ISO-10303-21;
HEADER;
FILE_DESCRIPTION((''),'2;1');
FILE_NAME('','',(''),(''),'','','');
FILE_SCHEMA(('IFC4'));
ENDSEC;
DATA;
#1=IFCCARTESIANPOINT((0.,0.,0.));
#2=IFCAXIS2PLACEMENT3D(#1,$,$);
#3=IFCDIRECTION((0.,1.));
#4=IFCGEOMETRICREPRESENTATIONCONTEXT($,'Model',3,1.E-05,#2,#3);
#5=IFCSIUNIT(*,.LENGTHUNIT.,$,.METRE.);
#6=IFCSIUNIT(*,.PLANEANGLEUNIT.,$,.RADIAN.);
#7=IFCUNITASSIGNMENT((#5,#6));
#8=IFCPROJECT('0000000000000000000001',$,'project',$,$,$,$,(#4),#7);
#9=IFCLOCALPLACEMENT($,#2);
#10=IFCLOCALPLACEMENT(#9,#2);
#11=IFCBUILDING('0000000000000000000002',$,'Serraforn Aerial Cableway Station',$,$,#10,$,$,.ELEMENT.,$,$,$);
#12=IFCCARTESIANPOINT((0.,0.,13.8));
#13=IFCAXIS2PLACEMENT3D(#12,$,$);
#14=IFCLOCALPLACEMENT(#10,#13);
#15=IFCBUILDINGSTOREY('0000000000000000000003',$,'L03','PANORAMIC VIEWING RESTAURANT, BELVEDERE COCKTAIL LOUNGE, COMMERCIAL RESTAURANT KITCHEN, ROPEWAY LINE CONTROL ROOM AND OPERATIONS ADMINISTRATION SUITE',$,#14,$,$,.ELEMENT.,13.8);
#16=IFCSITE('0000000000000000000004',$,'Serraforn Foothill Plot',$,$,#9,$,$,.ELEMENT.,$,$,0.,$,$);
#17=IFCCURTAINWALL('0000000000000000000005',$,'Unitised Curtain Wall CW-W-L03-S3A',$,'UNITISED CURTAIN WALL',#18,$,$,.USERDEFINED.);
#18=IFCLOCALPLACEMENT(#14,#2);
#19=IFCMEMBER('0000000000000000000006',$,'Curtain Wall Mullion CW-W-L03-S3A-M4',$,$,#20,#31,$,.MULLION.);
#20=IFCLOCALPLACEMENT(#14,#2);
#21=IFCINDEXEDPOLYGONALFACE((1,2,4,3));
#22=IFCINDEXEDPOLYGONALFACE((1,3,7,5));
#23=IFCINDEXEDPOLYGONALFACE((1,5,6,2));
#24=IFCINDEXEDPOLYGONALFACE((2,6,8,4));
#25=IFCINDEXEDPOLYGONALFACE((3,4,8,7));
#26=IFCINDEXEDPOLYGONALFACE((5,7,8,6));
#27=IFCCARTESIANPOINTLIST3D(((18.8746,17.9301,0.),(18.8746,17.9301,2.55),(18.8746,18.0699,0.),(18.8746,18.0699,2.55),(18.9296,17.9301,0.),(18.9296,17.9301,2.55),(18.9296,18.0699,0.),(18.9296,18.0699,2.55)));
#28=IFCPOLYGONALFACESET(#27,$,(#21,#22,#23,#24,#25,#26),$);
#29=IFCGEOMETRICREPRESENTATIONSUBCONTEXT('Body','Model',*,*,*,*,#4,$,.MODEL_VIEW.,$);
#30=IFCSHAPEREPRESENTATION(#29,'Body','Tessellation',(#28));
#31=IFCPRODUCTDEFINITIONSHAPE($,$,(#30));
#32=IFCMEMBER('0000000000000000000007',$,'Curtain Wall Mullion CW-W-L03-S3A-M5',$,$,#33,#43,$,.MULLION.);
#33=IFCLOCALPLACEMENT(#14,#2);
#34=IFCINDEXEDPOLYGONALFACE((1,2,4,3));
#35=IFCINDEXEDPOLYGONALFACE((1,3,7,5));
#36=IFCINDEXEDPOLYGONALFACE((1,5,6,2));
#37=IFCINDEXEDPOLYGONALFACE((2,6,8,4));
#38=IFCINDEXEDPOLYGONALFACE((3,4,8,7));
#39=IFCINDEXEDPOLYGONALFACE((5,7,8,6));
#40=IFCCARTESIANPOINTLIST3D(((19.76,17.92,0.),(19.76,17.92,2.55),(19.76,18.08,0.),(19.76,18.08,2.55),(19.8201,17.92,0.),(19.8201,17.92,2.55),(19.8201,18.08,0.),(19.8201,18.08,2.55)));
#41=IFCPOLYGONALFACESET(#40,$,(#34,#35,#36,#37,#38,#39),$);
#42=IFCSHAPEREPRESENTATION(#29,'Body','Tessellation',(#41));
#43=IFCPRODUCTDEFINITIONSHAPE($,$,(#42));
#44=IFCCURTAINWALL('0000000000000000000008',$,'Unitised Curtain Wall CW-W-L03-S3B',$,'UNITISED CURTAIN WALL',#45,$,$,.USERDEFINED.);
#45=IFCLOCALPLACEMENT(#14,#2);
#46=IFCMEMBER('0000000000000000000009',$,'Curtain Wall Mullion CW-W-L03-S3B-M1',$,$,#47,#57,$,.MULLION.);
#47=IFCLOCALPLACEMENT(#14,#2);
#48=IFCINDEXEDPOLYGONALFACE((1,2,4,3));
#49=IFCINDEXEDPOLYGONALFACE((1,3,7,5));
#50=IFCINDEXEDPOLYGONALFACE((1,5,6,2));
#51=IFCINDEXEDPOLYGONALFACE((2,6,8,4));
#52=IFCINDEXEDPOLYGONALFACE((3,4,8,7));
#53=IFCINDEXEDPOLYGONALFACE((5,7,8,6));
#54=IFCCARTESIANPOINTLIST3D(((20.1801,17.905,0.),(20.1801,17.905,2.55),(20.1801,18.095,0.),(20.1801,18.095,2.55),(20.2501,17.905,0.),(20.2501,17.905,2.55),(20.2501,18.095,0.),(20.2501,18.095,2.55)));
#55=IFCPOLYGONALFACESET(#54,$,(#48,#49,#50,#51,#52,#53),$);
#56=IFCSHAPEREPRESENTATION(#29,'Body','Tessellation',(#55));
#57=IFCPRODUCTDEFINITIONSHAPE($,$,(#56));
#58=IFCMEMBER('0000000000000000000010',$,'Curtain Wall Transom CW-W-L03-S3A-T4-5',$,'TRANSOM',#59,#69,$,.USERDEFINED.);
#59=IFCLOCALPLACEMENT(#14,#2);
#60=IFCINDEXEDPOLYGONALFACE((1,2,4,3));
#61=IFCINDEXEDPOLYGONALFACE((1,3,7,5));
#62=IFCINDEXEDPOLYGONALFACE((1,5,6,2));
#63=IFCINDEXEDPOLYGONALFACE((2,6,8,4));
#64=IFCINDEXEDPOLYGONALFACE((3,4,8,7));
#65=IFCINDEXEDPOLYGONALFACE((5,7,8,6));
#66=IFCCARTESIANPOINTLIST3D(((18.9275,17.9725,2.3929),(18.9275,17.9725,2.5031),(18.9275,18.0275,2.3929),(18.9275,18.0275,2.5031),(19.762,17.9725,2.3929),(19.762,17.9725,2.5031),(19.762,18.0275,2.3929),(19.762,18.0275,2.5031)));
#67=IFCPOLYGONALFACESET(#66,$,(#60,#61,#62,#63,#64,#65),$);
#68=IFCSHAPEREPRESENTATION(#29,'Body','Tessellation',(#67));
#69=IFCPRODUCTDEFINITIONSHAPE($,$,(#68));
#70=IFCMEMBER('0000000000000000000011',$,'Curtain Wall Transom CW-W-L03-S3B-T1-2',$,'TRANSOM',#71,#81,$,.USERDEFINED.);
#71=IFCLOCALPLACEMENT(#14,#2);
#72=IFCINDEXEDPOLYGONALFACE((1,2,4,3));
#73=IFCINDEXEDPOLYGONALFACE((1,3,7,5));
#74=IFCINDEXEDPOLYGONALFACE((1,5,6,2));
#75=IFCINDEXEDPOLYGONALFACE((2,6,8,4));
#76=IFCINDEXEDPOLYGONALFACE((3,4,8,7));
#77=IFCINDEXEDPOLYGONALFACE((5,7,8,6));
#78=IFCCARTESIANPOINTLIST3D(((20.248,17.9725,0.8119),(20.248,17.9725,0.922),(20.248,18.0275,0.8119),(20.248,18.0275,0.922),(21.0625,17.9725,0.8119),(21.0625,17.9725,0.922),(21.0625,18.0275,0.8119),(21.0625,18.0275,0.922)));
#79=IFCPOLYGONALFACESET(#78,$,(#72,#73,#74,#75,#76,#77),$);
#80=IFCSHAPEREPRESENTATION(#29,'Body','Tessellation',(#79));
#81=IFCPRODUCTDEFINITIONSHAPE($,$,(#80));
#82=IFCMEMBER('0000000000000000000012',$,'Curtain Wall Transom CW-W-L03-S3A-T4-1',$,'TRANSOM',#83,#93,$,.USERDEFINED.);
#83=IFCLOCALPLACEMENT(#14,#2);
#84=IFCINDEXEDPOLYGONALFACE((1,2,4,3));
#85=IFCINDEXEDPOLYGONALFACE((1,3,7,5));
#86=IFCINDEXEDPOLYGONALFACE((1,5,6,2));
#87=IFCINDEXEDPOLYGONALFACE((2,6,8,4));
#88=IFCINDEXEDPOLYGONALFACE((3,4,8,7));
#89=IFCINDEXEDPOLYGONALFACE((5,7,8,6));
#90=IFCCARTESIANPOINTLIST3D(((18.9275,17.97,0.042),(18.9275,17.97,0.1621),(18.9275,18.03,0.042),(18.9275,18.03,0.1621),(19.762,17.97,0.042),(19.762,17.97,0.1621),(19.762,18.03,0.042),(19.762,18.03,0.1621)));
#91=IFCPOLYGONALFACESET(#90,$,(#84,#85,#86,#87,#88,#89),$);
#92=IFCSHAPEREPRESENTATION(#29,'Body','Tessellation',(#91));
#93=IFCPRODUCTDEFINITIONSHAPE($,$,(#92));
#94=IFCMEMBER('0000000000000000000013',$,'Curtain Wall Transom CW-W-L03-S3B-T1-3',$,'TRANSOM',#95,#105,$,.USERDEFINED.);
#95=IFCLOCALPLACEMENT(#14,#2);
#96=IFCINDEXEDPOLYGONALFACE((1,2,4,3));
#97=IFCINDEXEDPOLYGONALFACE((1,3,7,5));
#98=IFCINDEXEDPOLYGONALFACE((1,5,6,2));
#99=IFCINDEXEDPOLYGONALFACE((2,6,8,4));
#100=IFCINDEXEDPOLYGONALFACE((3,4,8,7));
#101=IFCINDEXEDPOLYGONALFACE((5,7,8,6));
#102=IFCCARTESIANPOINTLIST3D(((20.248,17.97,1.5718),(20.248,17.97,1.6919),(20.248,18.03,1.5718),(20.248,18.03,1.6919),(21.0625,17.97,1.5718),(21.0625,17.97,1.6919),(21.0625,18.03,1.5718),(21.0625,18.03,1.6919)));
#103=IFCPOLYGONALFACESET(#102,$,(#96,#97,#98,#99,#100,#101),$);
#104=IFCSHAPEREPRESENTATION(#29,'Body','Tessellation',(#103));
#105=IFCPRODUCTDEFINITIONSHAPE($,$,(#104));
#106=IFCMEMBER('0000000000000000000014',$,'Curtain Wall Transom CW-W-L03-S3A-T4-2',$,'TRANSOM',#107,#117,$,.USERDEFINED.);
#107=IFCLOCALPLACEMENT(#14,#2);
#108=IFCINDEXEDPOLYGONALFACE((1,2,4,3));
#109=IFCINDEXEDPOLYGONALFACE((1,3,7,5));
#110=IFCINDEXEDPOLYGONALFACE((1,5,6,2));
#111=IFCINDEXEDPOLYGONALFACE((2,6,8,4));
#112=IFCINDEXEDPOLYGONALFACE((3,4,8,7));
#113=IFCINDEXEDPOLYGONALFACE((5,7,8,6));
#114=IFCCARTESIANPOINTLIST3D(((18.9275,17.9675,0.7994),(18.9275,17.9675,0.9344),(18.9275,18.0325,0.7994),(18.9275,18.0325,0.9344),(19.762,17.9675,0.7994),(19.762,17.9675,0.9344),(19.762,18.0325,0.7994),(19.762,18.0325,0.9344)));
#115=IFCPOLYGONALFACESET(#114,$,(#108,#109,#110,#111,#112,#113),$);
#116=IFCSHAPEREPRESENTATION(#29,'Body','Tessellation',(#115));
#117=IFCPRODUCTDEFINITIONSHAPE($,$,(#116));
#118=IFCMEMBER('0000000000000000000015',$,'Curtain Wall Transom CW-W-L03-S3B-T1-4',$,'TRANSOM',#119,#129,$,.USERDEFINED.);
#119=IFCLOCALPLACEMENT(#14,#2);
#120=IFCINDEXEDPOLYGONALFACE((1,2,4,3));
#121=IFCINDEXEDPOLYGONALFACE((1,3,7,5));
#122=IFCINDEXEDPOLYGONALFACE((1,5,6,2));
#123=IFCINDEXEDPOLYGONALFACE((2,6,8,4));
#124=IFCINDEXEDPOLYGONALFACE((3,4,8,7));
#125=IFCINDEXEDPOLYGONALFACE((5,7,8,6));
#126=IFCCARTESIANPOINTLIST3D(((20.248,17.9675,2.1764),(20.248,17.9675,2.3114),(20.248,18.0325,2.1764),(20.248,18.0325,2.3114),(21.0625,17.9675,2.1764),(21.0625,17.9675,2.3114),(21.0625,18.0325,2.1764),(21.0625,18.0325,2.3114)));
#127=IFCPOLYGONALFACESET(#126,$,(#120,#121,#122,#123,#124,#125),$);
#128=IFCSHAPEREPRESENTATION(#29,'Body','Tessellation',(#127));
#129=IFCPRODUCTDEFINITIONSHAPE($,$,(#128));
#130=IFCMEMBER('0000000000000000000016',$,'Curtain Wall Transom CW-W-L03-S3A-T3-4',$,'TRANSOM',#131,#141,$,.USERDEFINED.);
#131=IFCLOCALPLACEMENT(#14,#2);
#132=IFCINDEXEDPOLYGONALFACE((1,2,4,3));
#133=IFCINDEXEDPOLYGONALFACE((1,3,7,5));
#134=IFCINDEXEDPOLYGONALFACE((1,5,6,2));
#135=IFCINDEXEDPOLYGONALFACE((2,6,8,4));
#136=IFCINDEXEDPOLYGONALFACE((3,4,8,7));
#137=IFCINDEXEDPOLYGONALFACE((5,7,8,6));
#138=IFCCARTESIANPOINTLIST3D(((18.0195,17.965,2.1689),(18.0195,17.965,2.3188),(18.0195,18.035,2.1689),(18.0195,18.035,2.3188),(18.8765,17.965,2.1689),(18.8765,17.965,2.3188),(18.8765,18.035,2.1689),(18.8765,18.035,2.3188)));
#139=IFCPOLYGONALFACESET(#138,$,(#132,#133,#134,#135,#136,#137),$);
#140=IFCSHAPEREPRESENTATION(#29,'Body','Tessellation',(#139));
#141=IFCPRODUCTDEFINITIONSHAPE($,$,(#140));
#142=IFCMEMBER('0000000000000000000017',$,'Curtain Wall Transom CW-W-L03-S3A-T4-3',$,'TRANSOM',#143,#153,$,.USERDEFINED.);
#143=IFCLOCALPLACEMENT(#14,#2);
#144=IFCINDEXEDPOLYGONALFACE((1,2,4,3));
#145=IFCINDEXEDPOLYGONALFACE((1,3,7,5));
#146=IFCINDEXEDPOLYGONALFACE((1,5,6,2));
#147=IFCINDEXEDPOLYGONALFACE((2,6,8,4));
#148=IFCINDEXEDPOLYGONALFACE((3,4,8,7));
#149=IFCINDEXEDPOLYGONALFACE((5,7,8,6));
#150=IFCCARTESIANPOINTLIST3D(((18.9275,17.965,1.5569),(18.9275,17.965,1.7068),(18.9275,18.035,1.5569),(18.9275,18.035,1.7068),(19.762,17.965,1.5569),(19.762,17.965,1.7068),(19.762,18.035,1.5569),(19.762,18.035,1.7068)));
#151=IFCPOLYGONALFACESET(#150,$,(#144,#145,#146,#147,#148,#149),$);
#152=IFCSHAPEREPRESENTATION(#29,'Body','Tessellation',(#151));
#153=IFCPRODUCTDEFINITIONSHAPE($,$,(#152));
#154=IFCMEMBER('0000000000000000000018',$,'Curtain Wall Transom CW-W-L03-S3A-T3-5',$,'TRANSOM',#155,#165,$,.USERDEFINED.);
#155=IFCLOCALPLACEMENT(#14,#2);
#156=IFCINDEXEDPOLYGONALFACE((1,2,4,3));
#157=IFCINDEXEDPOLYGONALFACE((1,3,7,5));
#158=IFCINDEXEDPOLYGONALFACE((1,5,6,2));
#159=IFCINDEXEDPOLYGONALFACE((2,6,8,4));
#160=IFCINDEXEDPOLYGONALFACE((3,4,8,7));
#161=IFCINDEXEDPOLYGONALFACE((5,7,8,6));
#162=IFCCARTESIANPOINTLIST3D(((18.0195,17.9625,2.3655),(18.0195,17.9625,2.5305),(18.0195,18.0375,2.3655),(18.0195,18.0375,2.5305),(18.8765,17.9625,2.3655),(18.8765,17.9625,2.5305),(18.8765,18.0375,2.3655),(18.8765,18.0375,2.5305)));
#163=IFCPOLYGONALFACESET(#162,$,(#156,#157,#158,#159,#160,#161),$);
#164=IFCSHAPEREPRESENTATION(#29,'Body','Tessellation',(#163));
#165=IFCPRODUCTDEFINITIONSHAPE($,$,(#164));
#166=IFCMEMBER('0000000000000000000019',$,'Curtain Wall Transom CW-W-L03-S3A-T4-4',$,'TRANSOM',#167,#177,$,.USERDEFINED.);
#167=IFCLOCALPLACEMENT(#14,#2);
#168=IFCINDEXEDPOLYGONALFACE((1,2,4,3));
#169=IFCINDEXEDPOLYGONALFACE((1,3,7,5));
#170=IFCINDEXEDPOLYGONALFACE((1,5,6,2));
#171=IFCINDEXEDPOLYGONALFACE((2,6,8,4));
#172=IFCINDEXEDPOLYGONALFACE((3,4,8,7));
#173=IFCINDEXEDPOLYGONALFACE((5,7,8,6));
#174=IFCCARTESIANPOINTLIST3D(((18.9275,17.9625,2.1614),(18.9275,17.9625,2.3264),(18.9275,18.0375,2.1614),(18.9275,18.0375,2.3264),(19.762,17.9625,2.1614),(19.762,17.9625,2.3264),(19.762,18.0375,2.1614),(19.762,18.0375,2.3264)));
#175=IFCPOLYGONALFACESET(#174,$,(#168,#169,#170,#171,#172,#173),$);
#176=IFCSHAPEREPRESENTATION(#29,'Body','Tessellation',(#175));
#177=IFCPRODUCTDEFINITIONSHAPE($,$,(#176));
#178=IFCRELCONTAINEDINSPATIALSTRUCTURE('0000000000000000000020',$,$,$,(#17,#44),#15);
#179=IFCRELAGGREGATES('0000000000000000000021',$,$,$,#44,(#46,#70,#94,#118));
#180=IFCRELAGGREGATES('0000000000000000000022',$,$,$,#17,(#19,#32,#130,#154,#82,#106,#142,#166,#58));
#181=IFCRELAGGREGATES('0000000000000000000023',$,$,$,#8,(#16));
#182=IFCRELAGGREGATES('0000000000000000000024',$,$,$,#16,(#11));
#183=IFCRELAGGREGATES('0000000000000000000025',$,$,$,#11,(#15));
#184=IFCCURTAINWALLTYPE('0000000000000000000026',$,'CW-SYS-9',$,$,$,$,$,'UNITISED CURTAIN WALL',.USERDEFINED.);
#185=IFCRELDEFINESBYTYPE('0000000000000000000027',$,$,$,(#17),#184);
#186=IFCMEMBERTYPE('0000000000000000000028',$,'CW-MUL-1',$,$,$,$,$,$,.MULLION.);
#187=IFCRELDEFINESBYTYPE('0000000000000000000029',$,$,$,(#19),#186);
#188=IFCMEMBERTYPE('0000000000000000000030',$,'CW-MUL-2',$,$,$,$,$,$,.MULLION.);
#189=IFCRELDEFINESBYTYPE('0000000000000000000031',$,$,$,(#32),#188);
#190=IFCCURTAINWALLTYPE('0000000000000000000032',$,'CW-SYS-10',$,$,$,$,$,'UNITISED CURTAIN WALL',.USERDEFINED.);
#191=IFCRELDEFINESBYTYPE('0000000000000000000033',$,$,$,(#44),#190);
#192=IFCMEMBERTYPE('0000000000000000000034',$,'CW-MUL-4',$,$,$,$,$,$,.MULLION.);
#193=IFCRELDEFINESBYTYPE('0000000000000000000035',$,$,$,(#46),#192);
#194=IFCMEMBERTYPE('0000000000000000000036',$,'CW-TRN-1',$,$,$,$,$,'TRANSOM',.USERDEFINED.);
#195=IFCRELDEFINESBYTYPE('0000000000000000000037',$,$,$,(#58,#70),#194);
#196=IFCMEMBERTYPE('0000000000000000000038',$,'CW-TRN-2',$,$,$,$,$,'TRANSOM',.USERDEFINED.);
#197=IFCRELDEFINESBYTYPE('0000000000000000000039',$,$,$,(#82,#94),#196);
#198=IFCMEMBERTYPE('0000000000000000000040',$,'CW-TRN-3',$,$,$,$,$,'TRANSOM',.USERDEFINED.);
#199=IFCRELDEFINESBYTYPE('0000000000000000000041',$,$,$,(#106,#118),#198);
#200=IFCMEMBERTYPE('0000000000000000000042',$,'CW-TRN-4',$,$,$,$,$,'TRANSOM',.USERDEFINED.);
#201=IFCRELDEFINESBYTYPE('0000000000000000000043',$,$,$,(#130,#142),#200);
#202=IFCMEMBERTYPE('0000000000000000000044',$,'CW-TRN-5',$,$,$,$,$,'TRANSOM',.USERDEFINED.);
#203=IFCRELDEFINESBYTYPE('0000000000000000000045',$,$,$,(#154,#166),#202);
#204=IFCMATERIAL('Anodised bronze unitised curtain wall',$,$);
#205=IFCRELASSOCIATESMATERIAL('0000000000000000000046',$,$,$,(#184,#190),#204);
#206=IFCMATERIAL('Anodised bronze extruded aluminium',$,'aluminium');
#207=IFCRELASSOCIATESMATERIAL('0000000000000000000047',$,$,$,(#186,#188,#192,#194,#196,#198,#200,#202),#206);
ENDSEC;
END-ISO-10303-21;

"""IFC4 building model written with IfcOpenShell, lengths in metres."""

from ifc_helpers import new_model, si_unit, direction, frame, origin, origin_2d, place, context, subcontext, project, spatial, rectangle, extrude, material, material_profile, profile_set, type_object, element, aggregate, save


model = new_model("IFC4")

# Units and contexts
model_context = context("Model", 3, precision=1e-05, world=origin(), true_north=direction((0.0, 1.0)))
body_context = subcontext(model_context, "Body", "Model", "MODEL_VIEW")
ifc_project = project(units=[si_unit("LENGTHUNIT", "METRE"), si_unit("PLANEANGLEUNIT", "RADIAN")], contexts=[model_context])

# Site, building, storey
site_placement = place(None, origin())
site = spatial("IfcSite", under=ifc_project, at=site_placement, Name="Serraforn Foothill Plot", CompositionType="ELEMENT", RefElevation=0.0)
building_placement = place(site_placement, origin())
building = spatial("IfcBuilding", under=site, at=building_placement, Name="Serraforn Aerial Cableway Station", CompositionType="ELEMENT")
storey_placement = place(building_placement, frame((0.0, 0.0, 13.8)))
storey = spatial("IfcBuildingStorey", under=building, at=storey_placement, Name="L03", Description="PANORAMIC VIEWING RESTAURANT, BELVEDERE COCKTAIL LOUNGE, COMMERCIAL RESTAURANT KITCHEN, ROPEWAY LINE CONTROL ROOM AND OPERATIONS ADMINISTRATION SUITE", CompositionType="ELEMENT", Elevation=13.8)

# Curtain wall, members
ifc_material_1 = material(Name="Anodised bronze unitised curtain wall")
curtain_wall_type_1 = type_object("IfcCurtainWallType", Name="CW-SYS-9", ElementType="UNITISED CURTAIN WALL", PredefinedType="USERDEFINED", material=ifc_material_1)
curtain_wall_1_placement = place(storey_placement, origin())
curtain_wall_1 = element("IfcCurtainWall", 1, at=curtain_wall_1_placement, inside=storey, type_object=curtain_wall_type_1, Name="Unitised Curtain Wall CW-W-L03-S3A", ObjectType="UNITISED CURTAIN WALL", PredefinedType="USERDEFINED")
ifc_material_2 = material(Name="Anodised bronze extruded aluminium", Category="aluminium")
ifc_material_profile_1 = material_profile(ifc_material_2, rectangle(XDim=0.0549, YDim=0.1399, at=origin_2d()), Name="CW MULLION 55x140")
ifc_profile_set_1 = profile_set([ifc_material_profile_1], Name="Anodised bronze extruded aluminium")
member_type_1 = type_object("IfcMemberType", Name="CW-MUL-1", PredefinedType="MULLION", material=ifc_profile_set_1)
member_1_placement = place(storey_placement, frame((18.9021, 18.0, 0.0), z_axis=(0.0, 0.0, 1.0), x_axis=(1.0, 0.0, 0.0)))
member_1 = element("IfcMember", 2, at=member_1_placement, type_object=member_type_1, Name="Curtain Wall Mullion CW-W-L03-S3A-M4", PredefinedType="MULLION", context=body_context, shape_type="SweptSolid", body=[
    extrude(rectangle(XDim=0.0549, YDim=0.1399, at=origin_2d()), origin(), (0.0, 0.0, 1.0), 2.55),
])
ifc_material_profile_2 = material_profile(ifc_material_2, rectangle(XDim=0.0601, YDim=0.1599, at=origin_2d()), Name="CW MULLION 60x160")
ifc_profile_set_2 = profile_set([ifc_material_profile_2], Name="Anodised bronze extruded aluminium")
member_type_2 = type_object("IfcMemberType", Name="CW-MUL-2", PredefinedType="MULLION", material=ifc_profile_set_2)
member_2_placement = place(storey_placement, frame((19.79, 18.0, 0.0), z_axis=(0.0, 0.0, 1.0), x_axis=(1.0, 0.0, 0.0)))
member_2 = element("IfcMember", 3, at=member_2_placement, type_object=member_type_2, Name="Curtain Wall Mullion CW-W-L03-S3A-M5", PredefinedType="MULLION", context=body_context, shape_type="SweptSolid", body=[
    extrude(rectangle(XDim=0.0601, YDim=0.1599, at=origin_2d()), origin(), (0.0, 0.0, 1.0), 2.55),
])

# Curtain wall, member
curtain_wall_type_2 = type_object("IfcCurtainWallType", Name="CW-SYS-10", ElementType="UNITISED CURTAIN WALL", PredefinedType="USERDEFINED", material=ifc_material_1)
curtain_wall_2_placement = place(storey_placement, origin())
curtain_wall_2 = element("IfcCurtainWall", 4, at=curtain_wall_2_placement, inside=storey, type_object=curtain_wall_type_2, Name="Unitised Curtain Wall CW-W-L03-S3B", ObjectType="UNITISED CURTAIN WALL", PredefinedType="USERDEFINED")
ifc_material_profile_3 = material_profile(ifc_material_2, rectangle(XDim=0.0701, YDim=0.1899, at=origin_2d()), Name="CW MULLION 70x190")
ifc_profile_set_3 = profile_set([ifc_material_profile_3], Name="Anodised bronze extruded aluminium")
member_type_3 = type_object("IfcMemberType", Name="CW-MUL-4", PredefinedType="MULLION", material=ifc_profile_set_3)
member_3_placement = place(storey_placement, frame((20.2151, 18.0, 0.0), z_axis=(0.0, 0.0, 1.0), x_axis=(1.0, 0.0, 0.0)))
member_3 = element("IfcMember", 5, at=member_3_placement, type_object=member_type_3, Name="Curtain Wall Mullion CW-W-L03-S3B-M1", PredefinedType="MULLION", context=body_context, shape_type="SweptSolid", body=[
    extrude(rectangle(XDim=0.0701, YDim=0.1899, at=origin_2d()), origin(), (0.0, 0.0, 1.0), 2.55),
])

# Members
ifc_material_profile_4 = material_profile(ifc_material_2, rectangle(XDim=0.0549, YDim=0.1101, at=origin_2d()), Name="CW TRANSOM 55x110")
ifc_profile_set_4 = profile_set([ifc_material_profile_4], Name="Anodised bronze extruded aluminium")
member_type_4 = type_object("IfcMemberType", Name="CW-TRN-1", ElementType="TRANSOM", PredefinedType="USERDEFINED", material=ifc_profile_set_4)
member_4_placement = place(storey_placement, frame((18.9275, 18.0, 2.448), z_axis=(1.0, 0.0, 0.0), x_axis=(0.0, 1.0, 0.0)))
member_4 = element("IfcMember", 6, at=member_4_placement, type_object=member_type_4, Name="Curtain Wall Transom CW-W-L03-S3A-T4-5", ObjectType="TRANSOM", PredefinedType="USERDEFINED", context=body_context, shape_type="SweptSolid", body=[
    extrude(rectangle(XDim=0.0549, YDim=0.1101, at=origin_2d()), origin(), (0.0, 0.0, 1.0), 0.8345),
])
member_5_placement = place(storey_placement, frame((20.248, 18.0, 0.8669), z_axis=(1.0, 0.0, 0.0), x_axis=(0.0, 1.0, 0.0)))
member_5 = element("IfcMember", 7, at=member_5_placement, type_object=member_type_4, Name="Curtain Wall Transom CW-W-L03-S3B-T1-2", ObjectType="TRANSOM", PredefinedType="USERDEFINED", context=body_context, shape_type="SweptSolid", body=[
    extrude(rectangle(XDim=0.0549, YDim=0.1101, at=origin_2d()), origin(), (0.0, 0.0, 1.0), 0.8145),
])
ifc_material_profile_5 = material_profile(ifc_material_2, rectangle(XDim=0.0601, YDim=0.1201, at=origin_2d()), Name="CW TRANSOM 60x120")
ifc_profile_set_5 = profile_set([ifc_material_profile_5], Name="Anodised bronze extruded aluminium")
member_type_5 = type_object("IfcMemberType", Name="CW-TRN-2", ElementType="TRANSOM", PredefinedType="USERDEFINED", material=ifc_profile_set_5)
member_6_placement = place(storey_placement, frame((18.9275, 18.0, 0.1021), z_axis=(1.0, 0.0, 0.0), x_axis=(0.0, 1.0, 0.0)))
member_6 = element("IfcMember", 8, at=member_6_placement, type_object=member_type_5, Name="Curtain Wall Transom CW-W-L03-S3A-T4-1", ObjectType="TRANSOM", PredefinedType="USERDEFINED", context=body_context, shape_type="SweptSolid", body=[
    extrude(rectangle(XDim=0.0601, YDim=0.1201, at=origin_2d()), origin(), (0.0, 0.0, 1.0), 0.8345),
])
member_7_placement = place(storey_placement, frame((20.248, 18.0, 1.6318), z_axis=(1.0, 0.0, 0.0), x_axis=(0.0, 1.0, 0.0)))
member_7 = element("IfcMember", 9, at=member_7_placement, type_object=member_type_5, Name="Curtain Wall Transom CW-W-L03-S3B-T1-3", ObjectType="TRANSOM", PredefinedType="USERDEFINED", context=body_context, shape_type="SweptSolid", body=[
    extrude(rectangle(XDim=0.0601, YDim=0.1201, at=origin_2d()), origin(), (0.0, 0.0, 1.0), 0.8145),
])
ifc_material_profile_6 = material_profile(ifc_material_2, rectangle(XDim=0.0649, YDim=0.135, at=origin_2d()), Name="CW TRANSOM 65x135")
ifc_profile_set_6 = profile_set([ifc_material_profile_6], Name="Anodised bronze extruded aluminium")
member_type_6 = type_object("IfcMemberType", Name="CW-TRN-3", ElementType="TRANSOM", PredefinedType="USERDEFINED", material=ifc_profile_set_6)
member_8_placement = place(storey_placement, frame((18.9275, 18.0, 0.8669), z_axis=(1.0, 0.0, 0.0), x_axis=(0.0, 1.0, 0.0)))
member_8 = element("IfcMember", 10, at=member_8_placement, type_object=member_type_6, Name="Curtain Wall Transom CW-W-L03-S3A-T4-2", ObjectType="TRANSOM", PredefinedType="USERDEFINED", context=body_context, shape_type="SweptSolid", body=[
    extrude(rectangle(XDim=0.0649, YDim=0.135, at=origin_2d()), origin(), (0.0, 0.0, 1.0), 0.8345),
])
member_9_placement = place(storey_placement, frame((20.248, 18.0, 2.2439), z_axis=(1.0, 0.0, 0.0), x_axis=(0.0, 1.0, 0.0)))
member_9 = element("IfcMember", 11, at=member_9_placement, type_object=member_type_6, Name="Curtain Wall Transom CW-W-L03-S3B-T1-4", ObjectType="TRANSOM", PredefinedType="USERDEFINED", context=body_context, shape_type="SweptSolid", body=[
    extrude(rectangle(XDim=0.0649, YDim=0.135, at=origin_2d()), origin(), (0.0, 0.0, 1.0), 0.8145),
])
ifc_material_profile_7 = material_profile(ifc_material_2, rectangle(XDim=0.0701, YDim=0.1499, at=origin_2d()), Name="CW TRANSOM 70x150")
ifc_profile_set_7 = profile_set([ifc_material_profile_7], Name="Anodised bronze extruded aluminium")
member_type_7 = type_object("IfcMemberType", Name="CW-TRN-4", ElementType="TRANSOM", PredefinedType="USERDEFINED", material=ifc_profile_set_7)
member_10_placement = place(storey_placement, frame((18.0195, 18.0, 2.2439), z_axis=(1.0, 0.0, 0.0), x_axis=(0.0, 1.0, 0.0)))
member_10 = element("IfcMember", 12, at=member_10_placement, type_object=member_type_7, Name="Curtain Wall Transom CW-W-L03-S3A-T3-4", ObjectType="TRANSOM", PredefinedType="USERDEFINED", context=body_context, shape_type="SweptSolid", body=[
    extrude(rectangle(XDim=0.0701, YDim=0.1499, at=origin_2d()), origin(), (0.0, 0.0, 1.0), 0.8569),
])
member_11_placement = place(storey_placement, frame((18.9275, 18.0, 1.6318), z_axis=(1.0, 0.0, 0.0), x_axis=(0.0, 1.0, 0.0)))
member_11 = element("IfcMember", 13, at=member_11_placement, type_object=member_type_7, Name="Curtain Wall Transom CW-W-L03-S3A-T4-3", ObjectType="TRANSOM", PredefinedType="USERDEFINED", context=body_context, shape_type="SweptSolid", body=[
    extrude(rectangle(XDim=0.0701, YDim=0.1499, at=origin_2d()), origin(), (0.0, 0.0, 1.0), 0.8345),
])
ifc_material_profile_8 = material_profile(ifc_material_2, rectangle(XDim=0.075, YDim=0.165, at=origin_2d()), Name="CW TRANSOM 75x165")
ifc_profile_set_8 = profile_set([ifc_material_profile_8], Name="Anodised bronze extruded aluminium")
member_type_8 = type_object("IfcMemberType", Name="CW-TRN-5", ElementType="TRANSOM", PredefinedType="USERDEFINED", material=ifc_profile_set_8)
member_12_placement = place(storey_placement, frame((18.0195, 18.0, 2.448), z_axis=(1.0, 0.0, 0.0), x_axis=(0.0, 1.0, 0.0)))
member_12 = element("IfcMember", 14, at=member_12_placement, type_object=member_type_8, Name="Curtain Wall Transom CW-W-L03-S3A-T3-5", ObjectType="TRANSOM", PredefinedType="USERDEFINED", context=body_context, shape_type="SweptSolid", body=[
    extrude(rectangle(XDim=0.075, YDim=0.165, at=origin_2d()), origin(), (0.0, 0.0, 1.0), 0.8569),
])
member_13_placement = place(storey_placement, frame((18.9275, 18.0, 2.2439), z_axis=(1.0, 0.0, 0.0), x_axis=(0.0, 1.0, 0.0)))
member_13 = element("IfcMember", 15, at=member_13_placement, type_object=member_type_8, Name="Curtain Wall Transom CW-W-L03-S3A-T4-4", ObjectType="TRANSOM", PredefinedType="USERDEFINED", context=body_context, shape_type="SweptSolid", body=[
    extrude(rectangle(XDim=0.075, YDim=0.165, at=origin_2d()), origin(), (0.0, 0.0, 1.0), 0.8345),
])
aggregate(curtain_wall_2, [member_3, member_5, member_7, member_9])

aggregate(curtain_wall_1, [member_1, member_2, member_10, member_12, member_6, member_8, member_11, member_13, member_4])

save(model, "model.ifc")
